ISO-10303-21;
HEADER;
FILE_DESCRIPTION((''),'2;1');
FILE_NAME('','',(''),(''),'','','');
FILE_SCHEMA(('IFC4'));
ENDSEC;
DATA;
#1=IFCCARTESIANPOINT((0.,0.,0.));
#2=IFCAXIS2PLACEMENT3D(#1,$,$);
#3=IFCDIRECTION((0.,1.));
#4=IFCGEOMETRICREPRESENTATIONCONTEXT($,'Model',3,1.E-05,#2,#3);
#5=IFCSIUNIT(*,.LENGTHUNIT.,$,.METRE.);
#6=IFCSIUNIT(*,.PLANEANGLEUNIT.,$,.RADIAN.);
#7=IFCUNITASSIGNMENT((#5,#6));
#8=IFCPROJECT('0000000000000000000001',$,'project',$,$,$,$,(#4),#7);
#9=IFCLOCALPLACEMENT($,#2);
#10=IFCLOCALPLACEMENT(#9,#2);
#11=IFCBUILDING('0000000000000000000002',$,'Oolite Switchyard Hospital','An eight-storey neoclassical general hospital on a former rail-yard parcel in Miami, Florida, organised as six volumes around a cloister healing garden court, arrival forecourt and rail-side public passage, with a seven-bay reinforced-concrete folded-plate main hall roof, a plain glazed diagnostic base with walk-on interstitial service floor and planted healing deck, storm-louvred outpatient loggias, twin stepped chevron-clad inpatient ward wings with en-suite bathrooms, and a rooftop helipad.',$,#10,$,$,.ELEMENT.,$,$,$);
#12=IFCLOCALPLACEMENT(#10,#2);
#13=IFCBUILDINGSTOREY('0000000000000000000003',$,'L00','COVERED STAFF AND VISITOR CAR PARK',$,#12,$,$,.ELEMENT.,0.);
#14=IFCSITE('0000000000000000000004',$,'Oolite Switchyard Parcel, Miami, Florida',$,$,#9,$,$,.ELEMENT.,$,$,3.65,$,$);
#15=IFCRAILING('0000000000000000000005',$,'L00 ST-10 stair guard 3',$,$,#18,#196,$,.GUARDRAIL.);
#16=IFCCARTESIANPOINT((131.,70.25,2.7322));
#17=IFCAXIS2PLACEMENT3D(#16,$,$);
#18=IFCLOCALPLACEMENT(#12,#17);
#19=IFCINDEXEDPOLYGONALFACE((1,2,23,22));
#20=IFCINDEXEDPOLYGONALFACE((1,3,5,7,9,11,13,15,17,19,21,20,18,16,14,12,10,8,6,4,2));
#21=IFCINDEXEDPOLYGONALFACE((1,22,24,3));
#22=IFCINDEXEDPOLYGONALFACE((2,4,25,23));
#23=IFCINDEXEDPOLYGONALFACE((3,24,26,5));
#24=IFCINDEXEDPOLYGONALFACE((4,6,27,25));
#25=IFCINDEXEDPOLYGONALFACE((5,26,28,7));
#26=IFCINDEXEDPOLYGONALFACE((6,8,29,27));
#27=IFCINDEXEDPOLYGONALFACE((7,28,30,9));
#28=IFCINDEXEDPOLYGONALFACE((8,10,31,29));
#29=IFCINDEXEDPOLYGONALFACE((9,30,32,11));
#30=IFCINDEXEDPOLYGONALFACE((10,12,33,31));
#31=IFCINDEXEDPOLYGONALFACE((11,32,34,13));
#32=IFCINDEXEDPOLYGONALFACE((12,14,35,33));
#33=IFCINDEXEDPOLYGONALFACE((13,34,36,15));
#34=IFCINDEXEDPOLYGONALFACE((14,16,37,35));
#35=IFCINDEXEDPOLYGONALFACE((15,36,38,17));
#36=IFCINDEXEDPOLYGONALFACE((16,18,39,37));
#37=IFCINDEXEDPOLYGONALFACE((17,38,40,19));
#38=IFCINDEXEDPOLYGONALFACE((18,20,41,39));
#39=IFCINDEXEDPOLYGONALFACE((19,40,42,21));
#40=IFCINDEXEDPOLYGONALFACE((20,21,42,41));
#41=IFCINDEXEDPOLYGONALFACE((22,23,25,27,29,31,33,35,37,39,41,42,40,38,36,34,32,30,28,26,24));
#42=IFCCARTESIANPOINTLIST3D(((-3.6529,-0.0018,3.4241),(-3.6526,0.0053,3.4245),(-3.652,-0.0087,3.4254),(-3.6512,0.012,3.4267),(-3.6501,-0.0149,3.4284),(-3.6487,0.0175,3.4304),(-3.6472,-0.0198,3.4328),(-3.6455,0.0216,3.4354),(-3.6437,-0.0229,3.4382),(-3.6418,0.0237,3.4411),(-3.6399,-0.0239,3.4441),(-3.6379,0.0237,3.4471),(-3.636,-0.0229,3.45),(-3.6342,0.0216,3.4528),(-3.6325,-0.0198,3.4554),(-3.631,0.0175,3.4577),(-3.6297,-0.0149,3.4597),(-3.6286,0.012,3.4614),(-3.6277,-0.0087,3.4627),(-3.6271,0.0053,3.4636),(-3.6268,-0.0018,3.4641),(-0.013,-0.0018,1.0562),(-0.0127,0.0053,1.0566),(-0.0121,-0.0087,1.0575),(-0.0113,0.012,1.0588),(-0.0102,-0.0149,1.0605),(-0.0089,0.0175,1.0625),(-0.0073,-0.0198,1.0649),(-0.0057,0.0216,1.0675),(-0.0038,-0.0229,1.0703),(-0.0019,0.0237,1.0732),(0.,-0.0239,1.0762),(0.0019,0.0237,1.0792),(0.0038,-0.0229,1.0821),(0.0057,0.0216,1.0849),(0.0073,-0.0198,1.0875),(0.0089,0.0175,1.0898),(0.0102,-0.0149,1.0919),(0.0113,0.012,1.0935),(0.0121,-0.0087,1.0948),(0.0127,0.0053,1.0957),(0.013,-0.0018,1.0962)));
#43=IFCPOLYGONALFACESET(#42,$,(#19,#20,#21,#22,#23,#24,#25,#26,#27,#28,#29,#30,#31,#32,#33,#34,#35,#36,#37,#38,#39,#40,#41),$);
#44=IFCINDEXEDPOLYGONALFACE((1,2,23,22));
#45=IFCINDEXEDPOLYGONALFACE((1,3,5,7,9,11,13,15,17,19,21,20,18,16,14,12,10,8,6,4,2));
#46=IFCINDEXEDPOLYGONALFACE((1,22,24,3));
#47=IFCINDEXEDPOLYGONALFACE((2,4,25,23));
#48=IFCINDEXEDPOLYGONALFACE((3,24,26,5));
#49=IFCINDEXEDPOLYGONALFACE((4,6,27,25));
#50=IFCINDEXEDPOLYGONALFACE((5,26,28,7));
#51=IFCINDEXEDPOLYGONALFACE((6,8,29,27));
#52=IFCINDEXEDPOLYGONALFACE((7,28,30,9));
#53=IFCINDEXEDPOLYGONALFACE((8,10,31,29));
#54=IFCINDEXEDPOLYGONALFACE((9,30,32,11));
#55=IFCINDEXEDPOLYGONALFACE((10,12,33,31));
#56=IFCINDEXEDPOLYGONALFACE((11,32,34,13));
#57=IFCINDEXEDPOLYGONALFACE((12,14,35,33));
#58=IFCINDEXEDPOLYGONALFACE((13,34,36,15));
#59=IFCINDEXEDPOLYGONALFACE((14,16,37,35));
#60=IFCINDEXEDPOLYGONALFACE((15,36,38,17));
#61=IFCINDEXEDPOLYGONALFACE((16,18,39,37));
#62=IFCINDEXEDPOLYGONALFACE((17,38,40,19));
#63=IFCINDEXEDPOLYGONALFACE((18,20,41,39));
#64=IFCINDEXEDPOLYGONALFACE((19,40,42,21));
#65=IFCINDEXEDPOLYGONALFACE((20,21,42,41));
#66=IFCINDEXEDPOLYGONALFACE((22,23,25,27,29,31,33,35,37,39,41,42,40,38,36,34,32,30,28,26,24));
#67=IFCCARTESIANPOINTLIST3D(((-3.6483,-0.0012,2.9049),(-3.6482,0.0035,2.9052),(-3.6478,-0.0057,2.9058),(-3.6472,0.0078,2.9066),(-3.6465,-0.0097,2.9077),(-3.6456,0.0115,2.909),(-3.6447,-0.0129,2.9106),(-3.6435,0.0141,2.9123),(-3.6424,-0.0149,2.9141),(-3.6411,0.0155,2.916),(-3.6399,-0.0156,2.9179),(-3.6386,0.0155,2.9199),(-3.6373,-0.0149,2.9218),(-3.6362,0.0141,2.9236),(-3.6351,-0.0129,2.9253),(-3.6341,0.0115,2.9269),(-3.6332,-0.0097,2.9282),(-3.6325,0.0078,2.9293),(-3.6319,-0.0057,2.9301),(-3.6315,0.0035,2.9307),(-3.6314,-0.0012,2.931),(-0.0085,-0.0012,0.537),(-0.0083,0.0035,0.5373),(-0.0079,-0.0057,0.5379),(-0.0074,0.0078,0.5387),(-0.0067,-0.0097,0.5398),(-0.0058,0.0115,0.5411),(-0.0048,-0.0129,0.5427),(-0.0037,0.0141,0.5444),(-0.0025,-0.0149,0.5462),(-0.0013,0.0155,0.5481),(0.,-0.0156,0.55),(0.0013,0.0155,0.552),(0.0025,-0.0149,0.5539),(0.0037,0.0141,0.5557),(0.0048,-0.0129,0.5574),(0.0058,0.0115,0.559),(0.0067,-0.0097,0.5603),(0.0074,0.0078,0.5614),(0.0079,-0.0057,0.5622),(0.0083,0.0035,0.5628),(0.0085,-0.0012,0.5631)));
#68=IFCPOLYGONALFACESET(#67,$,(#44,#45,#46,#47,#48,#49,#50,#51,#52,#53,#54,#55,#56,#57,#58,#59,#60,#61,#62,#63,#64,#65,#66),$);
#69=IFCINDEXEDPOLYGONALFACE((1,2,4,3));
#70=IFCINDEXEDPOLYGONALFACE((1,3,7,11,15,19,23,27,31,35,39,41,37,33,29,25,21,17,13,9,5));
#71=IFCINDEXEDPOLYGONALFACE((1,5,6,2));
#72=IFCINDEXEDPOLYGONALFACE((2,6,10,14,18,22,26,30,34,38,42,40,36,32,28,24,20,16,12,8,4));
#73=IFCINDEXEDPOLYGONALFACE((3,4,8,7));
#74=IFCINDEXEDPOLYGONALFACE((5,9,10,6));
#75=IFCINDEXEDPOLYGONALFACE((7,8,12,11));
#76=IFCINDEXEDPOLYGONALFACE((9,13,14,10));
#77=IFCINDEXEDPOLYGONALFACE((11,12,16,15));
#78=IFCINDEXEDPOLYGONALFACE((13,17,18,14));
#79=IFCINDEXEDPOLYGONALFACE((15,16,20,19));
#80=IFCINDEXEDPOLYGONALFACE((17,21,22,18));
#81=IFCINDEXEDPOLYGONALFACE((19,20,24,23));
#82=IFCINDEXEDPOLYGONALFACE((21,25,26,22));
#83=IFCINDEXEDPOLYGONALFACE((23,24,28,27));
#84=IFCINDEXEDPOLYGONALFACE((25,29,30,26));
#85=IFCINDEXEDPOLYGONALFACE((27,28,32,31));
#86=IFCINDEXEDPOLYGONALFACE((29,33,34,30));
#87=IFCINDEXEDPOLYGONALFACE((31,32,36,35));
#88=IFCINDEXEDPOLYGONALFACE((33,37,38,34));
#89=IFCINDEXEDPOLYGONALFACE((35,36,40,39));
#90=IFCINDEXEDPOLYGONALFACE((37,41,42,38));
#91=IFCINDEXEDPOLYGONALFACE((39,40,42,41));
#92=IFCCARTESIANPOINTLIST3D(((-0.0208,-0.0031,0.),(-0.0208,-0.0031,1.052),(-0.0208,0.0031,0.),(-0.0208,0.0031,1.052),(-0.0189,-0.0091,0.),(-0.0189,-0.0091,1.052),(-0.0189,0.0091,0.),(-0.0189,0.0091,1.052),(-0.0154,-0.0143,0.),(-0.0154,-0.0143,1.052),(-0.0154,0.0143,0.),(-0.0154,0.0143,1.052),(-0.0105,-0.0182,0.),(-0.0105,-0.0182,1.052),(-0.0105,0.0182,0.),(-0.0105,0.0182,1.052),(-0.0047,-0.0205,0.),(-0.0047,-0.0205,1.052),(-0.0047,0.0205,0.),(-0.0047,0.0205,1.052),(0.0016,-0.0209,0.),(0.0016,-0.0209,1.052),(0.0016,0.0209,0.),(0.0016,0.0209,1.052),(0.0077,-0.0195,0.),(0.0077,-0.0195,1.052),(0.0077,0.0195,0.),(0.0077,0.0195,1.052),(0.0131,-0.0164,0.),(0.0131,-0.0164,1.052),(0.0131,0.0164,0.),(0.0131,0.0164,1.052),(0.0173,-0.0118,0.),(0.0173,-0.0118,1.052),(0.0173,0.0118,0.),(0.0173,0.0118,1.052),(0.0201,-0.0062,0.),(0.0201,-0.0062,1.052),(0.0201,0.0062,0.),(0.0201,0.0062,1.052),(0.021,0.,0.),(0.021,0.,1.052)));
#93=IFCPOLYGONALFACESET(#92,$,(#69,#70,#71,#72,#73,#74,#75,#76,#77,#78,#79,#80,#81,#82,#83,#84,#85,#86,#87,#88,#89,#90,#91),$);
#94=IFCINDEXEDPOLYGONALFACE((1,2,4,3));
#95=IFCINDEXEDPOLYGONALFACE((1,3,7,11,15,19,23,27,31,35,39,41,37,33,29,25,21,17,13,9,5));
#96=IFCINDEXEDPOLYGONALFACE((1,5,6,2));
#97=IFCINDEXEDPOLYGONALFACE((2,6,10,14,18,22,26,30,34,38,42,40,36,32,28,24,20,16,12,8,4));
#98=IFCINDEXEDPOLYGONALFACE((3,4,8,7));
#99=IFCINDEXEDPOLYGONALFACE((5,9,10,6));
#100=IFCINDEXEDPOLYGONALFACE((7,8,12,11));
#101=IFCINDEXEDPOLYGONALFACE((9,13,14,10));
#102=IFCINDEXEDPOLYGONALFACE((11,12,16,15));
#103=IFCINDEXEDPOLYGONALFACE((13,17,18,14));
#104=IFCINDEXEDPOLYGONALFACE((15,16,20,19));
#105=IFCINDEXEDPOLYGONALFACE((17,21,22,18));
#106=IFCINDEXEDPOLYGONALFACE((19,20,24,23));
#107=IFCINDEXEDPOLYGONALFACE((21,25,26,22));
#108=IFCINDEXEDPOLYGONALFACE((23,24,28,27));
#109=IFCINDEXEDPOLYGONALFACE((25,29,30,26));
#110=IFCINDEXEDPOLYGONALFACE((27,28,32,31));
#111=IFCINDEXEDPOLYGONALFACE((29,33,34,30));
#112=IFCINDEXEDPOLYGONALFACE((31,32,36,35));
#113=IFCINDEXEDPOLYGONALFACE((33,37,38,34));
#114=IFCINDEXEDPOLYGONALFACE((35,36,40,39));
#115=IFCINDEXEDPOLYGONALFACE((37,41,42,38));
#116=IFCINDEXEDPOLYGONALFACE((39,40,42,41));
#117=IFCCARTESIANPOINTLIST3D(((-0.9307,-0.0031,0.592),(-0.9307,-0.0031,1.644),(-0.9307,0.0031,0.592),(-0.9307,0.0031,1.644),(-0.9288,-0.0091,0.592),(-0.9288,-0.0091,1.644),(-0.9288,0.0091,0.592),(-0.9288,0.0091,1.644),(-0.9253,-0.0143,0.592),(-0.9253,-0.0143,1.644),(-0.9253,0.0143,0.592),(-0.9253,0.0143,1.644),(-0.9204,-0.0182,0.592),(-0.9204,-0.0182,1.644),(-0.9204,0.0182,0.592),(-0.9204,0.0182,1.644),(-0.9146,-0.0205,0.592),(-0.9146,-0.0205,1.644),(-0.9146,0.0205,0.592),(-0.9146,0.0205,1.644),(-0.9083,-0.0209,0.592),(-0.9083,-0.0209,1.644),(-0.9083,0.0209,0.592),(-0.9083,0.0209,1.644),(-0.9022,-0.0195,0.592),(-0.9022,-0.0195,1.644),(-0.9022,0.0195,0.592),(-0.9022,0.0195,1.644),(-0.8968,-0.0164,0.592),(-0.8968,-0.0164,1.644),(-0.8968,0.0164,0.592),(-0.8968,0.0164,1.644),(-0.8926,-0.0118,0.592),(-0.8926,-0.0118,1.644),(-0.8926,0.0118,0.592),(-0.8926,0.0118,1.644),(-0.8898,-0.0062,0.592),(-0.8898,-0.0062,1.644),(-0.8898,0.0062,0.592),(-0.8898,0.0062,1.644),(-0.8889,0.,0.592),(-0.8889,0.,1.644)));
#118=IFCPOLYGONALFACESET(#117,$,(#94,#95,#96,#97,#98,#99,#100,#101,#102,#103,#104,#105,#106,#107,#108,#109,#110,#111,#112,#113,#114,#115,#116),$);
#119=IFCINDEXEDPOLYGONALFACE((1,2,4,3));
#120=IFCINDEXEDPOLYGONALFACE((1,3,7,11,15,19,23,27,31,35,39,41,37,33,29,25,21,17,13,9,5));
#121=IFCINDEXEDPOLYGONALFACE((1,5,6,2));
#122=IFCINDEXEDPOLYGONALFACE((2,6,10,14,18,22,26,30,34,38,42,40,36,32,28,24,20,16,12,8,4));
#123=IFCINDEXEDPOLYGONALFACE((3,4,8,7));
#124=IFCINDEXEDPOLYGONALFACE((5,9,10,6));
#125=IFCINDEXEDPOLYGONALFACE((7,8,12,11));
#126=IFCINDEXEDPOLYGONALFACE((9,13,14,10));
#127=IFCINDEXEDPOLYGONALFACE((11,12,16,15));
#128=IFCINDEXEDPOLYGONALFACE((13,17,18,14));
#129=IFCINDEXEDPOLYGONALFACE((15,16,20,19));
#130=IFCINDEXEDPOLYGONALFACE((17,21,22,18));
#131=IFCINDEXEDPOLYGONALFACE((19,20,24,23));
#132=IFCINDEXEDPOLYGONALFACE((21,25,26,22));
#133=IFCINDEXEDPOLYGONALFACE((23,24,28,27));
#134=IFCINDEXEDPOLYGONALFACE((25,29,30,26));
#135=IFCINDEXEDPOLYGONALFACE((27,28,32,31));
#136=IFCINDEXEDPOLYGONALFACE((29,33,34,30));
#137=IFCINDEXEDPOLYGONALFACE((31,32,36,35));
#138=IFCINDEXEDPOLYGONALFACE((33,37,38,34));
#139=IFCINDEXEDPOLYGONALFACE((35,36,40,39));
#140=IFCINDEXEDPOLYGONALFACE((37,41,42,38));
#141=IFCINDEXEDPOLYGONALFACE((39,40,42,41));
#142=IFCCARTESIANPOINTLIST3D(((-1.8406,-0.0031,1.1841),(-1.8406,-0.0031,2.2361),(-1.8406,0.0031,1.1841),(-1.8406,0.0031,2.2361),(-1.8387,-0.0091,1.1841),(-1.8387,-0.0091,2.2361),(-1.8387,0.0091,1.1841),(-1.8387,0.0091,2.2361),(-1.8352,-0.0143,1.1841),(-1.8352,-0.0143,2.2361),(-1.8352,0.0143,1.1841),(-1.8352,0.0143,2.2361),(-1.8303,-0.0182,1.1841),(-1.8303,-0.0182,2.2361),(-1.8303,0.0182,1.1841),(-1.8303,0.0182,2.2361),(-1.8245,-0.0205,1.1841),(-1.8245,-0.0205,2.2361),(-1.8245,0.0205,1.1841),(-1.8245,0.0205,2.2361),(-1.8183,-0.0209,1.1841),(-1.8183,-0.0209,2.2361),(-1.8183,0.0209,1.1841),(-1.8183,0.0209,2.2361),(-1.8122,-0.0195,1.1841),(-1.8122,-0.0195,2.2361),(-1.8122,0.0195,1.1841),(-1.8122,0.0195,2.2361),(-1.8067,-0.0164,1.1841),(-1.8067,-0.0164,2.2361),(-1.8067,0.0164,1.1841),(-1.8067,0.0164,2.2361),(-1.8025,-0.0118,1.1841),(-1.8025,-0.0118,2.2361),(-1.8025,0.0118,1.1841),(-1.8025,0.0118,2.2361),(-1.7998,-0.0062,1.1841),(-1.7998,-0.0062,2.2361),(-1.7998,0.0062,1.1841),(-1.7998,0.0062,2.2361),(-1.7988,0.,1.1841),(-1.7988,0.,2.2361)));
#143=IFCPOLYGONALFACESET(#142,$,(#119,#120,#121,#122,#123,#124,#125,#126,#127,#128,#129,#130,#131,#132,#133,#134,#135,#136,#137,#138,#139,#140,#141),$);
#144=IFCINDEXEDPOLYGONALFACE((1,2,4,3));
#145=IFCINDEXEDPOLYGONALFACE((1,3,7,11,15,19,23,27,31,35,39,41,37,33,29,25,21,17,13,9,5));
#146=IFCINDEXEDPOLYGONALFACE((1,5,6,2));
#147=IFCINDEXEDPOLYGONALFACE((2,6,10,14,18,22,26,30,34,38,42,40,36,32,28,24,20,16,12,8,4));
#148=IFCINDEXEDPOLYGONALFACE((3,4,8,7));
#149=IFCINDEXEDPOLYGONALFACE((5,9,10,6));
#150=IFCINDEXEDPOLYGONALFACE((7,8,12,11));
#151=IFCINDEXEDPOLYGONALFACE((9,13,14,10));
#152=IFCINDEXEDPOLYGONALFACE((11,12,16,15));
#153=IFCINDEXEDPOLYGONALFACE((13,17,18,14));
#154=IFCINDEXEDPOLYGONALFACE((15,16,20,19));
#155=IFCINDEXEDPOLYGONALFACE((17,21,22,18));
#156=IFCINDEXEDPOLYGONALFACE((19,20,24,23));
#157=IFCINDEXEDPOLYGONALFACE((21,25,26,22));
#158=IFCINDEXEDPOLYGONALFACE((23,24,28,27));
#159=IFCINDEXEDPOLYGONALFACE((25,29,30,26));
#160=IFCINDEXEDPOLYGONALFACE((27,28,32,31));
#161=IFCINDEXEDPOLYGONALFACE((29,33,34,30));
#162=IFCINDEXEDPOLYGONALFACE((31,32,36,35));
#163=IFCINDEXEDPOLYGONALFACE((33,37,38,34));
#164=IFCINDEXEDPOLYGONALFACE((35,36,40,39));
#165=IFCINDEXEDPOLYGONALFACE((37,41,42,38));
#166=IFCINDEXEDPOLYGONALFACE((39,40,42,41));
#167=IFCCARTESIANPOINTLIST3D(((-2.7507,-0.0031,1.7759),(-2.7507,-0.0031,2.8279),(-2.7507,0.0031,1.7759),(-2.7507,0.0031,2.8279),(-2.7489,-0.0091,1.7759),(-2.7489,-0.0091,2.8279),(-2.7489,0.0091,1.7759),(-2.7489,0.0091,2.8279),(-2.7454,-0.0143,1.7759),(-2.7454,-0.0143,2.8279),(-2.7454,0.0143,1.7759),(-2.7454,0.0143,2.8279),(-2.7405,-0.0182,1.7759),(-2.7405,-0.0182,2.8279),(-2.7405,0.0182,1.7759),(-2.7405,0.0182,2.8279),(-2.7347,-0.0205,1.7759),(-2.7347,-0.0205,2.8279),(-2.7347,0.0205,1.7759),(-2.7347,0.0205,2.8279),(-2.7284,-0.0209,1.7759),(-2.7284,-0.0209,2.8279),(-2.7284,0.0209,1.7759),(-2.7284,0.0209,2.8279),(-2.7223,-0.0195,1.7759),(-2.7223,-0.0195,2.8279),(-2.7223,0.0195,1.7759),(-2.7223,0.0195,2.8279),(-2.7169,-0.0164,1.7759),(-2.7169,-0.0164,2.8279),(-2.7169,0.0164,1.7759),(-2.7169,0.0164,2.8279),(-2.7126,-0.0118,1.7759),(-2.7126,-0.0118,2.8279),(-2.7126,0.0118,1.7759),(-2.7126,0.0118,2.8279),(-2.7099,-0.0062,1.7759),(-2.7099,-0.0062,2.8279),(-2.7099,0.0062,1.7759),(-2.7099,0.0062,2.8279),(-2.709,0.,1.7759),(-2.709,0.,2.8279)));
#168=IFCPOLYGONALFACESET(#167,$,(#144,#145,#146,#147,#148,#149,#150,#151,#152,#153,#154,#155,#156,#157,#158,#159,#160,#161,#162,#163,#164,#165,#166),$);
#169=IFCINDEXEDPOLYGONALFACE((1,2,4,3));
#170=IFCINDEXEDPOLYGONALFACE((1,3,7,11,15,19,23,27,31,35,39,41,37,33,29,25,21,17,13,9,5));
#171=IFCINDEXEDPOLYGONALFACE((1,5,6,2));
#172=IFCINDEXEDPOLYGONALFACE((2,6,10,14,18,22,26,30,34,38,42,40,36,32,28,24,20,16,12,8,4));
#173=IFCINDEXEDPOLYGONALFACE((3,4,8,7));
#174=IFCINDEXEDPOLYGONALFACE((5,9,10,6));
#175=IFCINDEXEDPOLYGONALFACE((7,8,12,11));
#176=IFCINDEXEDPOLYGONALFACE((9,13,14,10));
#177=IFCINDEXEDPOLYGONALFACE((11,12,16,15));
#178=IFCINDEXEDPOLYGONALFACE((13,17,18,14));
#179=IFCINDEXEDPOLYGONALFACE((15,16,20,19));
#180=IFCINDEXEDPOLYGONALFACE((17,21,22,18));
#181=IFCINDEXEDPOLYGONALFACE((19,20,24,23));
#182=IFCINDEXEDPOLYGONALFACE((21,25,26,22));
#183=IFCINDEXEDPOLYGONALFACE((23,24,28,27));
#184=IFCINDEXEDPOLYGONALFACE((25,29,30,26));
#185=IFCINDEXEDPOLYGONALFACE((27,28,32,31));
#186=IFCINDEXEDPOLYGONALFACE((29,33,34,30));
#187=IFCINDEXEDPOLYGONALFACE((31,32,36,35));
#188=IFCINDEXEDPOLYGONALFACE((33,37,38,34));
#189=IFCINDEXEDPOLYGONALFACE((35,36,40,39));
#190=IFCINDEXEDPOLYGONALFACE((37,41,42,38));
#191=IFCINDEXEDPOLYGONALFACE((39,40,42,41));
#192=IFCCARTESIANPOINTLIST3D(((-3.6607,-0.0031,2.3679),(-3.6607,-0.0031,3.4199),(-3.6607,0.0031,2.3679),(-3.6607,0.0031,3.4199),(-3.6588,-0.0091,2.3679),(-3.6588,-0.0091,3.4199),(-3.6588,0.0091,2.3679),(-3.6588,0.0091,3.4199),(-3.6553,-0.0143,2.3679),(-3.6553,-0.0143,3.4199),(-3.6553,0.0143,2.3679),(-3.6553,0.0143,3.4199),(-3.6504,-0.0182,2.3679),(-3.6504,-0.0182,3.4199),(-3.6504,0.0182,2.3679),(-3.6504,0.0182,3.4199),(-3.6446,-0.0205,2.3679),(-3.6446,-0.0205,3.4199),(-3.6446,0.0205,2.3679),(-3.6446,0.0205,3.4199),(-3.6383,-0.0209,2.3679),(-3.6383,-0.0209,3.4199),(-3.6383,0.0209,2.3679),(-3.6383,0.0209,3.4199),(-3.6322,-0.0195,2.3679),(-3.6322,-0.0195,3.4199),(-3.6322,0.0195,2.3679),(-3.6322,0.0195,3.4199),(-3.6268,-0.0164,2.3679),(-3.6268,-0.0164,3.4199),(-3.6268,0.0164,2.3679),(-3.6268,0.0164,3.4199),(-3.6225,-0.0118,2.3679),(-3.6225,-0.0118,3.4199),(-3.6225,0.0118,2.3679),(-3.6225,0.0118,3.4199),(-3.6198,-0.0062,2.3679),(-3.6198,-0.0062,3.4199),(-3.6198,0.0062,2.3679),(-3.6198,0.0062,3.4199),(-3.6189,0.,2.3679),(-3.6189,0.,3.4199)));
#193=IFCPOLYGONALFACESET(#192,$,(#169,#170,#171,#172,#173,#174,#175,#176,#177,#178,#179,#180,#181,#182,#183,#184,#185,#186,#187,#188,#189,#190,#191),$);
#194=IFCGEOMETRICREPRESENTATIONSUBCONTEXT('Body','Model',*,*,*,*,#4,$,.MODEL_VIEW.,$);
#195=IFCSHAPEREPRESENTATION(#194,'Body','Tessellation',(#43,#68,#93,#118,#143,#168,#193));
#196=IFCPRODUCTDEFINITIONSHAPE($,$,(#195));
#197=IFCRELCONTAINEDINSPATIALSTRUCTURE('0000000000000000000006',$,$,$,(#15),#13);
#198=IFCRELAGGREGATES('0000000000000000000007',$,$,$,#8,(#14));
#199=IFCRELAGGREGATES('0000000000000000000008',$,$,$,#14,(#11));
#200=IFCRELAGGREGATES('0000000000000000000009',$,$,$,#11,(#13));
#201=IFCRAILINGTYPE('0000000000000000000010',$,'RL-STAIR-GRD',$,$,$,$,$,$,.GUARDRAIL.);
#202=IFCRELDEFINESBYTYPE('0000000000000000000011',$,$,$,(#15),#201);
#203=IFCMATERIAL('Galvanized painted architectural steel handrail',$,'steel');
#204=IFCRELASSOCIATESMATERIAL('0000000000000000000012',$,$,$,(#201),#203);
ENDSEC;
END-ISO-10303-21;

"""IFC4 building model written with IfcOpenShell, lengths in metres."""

from ifc_helpers import new_model, si_unit, direction, frame, origin, origin_2d, place, context, subcontext, project, spatial, circle, extrude, material, type_object, element, save


model = new_model("IFC4")

# Units and contexts
model_context = context("Model", 3, precision=1e-05, world=origin(), true_north=direction((0.0, 1.0)))
body_context = subcontext(model_context, "Body", "Model", "MODEL_VIEW")
ifc_project = project(units=[si_unit("LENGTHUNIT", "METRE"), si_unit("PLANEANGLEUNIT", "RADIAN")], contexts=[model_context])

# Site, building, storey
site_placement = place(None, origin())
site = spatial("IfcSite", under=ifc_project, at=site_placement, Name="Oolite Switchyard Parcel, Miami, Florida", CompositionType="ELEMENT", RefElevation=3.65)
building_placement = place(site_placement, origin())
building = spatial("IfcBuilding", under=site, at=building_placement, Name="Oolite Switchyard Hospital", Description="An eight-storey neoclassical general hospital on a former rail-yard parcel in Miami, Florida, organised as six volumes around a cloister healing garden court, arrival forecourt and rail-side public passage, with a seven-bay reinforced-concrete folded-plate main hall roof, a plain glazed diagnostic base with walk-on interstitial service floor and planted healing deck, storm-louvred outpatient loggias, twin stepped chevron-clad inpatient ward wings with en-suite bathrooms, and a rooftop helipad.", CompositionType="ELEMENT")
storey_placement = place(building_placement, origin())
storey = spatial("IfcBuildingStorey", under=building, at=storey_placement, Name="L00", Description="COVERED STAFF AND VISITOR CAR PARK", CompositionType="ELEMENT", Elevation=0.0)

# Railing
ifc_material_1 = material(Name="Galvanized painted architectural steel handrail", Category="steel")
railing_type_1 = type_object("IfcRailingType", Name="RL-STAIR-GRD", PredefinedType="GUARDRAIL", material=ifc_material_1)
railing_1_placement = place(storey_placement, frame((131.0, 70.25, 2.7322)))
element("IfcRailing", 1, at=railing_1_placement, inside=storey, type_object=railing_type_1, Name="L00 ST-10 stair guard 3", PredefinedType="GUARDRAIL", context=body_context, shape_type="SweptSolid", body=[
    extrude(circle(Radius=0.0239, at=origin_2d()), frame((0.0, 0.0, 1.0762), z_axis=(-0.838234, 0.0, 0.54531), x_axis=(0.0, -1.0, 0.0)), (0.0, 0.0, 1.0), 4.3423),
    extrude(circle(Radius=0.0156, at=origin_2d()), frame((0.0, 0.0, 0.55), z_axis=(-0.838234, 0.0, 0.54531), x_axis=(0.0, -1.0, 0.0)), (0.0, 0.0, 1.0), 4.3423),
    extrude(circle(Radius=0.021, at=origin_2d()), origin(), (0.0, 0.0, 1.0), 1.052),
    extrude(circle(Radius=0.021, at=origin_2d()), frame((-0.9099, 0.0, 0.592)), (0.0, 0.0, 1.0), 1.052),
    extrude(circle(Radius=0.021, at=origin_2d()), frame((-1.8198, 0.0, 1.1841)), (0.0, 0.0, 1.0), 1.052),
    extrude(circle(Radius=0.021, at=origin_2d()), frame((-2.73, 0.0, 1.7759)), (0.0, 0.0, 1.0), 1.052),
    extrude(circle(Radius=0.021, at=origin_2d()), frame((-3.6399, 0.0, 2.3679)), (0.0, 0.0, 1.0), 1.052),
])

save(model, "model.ifc")
